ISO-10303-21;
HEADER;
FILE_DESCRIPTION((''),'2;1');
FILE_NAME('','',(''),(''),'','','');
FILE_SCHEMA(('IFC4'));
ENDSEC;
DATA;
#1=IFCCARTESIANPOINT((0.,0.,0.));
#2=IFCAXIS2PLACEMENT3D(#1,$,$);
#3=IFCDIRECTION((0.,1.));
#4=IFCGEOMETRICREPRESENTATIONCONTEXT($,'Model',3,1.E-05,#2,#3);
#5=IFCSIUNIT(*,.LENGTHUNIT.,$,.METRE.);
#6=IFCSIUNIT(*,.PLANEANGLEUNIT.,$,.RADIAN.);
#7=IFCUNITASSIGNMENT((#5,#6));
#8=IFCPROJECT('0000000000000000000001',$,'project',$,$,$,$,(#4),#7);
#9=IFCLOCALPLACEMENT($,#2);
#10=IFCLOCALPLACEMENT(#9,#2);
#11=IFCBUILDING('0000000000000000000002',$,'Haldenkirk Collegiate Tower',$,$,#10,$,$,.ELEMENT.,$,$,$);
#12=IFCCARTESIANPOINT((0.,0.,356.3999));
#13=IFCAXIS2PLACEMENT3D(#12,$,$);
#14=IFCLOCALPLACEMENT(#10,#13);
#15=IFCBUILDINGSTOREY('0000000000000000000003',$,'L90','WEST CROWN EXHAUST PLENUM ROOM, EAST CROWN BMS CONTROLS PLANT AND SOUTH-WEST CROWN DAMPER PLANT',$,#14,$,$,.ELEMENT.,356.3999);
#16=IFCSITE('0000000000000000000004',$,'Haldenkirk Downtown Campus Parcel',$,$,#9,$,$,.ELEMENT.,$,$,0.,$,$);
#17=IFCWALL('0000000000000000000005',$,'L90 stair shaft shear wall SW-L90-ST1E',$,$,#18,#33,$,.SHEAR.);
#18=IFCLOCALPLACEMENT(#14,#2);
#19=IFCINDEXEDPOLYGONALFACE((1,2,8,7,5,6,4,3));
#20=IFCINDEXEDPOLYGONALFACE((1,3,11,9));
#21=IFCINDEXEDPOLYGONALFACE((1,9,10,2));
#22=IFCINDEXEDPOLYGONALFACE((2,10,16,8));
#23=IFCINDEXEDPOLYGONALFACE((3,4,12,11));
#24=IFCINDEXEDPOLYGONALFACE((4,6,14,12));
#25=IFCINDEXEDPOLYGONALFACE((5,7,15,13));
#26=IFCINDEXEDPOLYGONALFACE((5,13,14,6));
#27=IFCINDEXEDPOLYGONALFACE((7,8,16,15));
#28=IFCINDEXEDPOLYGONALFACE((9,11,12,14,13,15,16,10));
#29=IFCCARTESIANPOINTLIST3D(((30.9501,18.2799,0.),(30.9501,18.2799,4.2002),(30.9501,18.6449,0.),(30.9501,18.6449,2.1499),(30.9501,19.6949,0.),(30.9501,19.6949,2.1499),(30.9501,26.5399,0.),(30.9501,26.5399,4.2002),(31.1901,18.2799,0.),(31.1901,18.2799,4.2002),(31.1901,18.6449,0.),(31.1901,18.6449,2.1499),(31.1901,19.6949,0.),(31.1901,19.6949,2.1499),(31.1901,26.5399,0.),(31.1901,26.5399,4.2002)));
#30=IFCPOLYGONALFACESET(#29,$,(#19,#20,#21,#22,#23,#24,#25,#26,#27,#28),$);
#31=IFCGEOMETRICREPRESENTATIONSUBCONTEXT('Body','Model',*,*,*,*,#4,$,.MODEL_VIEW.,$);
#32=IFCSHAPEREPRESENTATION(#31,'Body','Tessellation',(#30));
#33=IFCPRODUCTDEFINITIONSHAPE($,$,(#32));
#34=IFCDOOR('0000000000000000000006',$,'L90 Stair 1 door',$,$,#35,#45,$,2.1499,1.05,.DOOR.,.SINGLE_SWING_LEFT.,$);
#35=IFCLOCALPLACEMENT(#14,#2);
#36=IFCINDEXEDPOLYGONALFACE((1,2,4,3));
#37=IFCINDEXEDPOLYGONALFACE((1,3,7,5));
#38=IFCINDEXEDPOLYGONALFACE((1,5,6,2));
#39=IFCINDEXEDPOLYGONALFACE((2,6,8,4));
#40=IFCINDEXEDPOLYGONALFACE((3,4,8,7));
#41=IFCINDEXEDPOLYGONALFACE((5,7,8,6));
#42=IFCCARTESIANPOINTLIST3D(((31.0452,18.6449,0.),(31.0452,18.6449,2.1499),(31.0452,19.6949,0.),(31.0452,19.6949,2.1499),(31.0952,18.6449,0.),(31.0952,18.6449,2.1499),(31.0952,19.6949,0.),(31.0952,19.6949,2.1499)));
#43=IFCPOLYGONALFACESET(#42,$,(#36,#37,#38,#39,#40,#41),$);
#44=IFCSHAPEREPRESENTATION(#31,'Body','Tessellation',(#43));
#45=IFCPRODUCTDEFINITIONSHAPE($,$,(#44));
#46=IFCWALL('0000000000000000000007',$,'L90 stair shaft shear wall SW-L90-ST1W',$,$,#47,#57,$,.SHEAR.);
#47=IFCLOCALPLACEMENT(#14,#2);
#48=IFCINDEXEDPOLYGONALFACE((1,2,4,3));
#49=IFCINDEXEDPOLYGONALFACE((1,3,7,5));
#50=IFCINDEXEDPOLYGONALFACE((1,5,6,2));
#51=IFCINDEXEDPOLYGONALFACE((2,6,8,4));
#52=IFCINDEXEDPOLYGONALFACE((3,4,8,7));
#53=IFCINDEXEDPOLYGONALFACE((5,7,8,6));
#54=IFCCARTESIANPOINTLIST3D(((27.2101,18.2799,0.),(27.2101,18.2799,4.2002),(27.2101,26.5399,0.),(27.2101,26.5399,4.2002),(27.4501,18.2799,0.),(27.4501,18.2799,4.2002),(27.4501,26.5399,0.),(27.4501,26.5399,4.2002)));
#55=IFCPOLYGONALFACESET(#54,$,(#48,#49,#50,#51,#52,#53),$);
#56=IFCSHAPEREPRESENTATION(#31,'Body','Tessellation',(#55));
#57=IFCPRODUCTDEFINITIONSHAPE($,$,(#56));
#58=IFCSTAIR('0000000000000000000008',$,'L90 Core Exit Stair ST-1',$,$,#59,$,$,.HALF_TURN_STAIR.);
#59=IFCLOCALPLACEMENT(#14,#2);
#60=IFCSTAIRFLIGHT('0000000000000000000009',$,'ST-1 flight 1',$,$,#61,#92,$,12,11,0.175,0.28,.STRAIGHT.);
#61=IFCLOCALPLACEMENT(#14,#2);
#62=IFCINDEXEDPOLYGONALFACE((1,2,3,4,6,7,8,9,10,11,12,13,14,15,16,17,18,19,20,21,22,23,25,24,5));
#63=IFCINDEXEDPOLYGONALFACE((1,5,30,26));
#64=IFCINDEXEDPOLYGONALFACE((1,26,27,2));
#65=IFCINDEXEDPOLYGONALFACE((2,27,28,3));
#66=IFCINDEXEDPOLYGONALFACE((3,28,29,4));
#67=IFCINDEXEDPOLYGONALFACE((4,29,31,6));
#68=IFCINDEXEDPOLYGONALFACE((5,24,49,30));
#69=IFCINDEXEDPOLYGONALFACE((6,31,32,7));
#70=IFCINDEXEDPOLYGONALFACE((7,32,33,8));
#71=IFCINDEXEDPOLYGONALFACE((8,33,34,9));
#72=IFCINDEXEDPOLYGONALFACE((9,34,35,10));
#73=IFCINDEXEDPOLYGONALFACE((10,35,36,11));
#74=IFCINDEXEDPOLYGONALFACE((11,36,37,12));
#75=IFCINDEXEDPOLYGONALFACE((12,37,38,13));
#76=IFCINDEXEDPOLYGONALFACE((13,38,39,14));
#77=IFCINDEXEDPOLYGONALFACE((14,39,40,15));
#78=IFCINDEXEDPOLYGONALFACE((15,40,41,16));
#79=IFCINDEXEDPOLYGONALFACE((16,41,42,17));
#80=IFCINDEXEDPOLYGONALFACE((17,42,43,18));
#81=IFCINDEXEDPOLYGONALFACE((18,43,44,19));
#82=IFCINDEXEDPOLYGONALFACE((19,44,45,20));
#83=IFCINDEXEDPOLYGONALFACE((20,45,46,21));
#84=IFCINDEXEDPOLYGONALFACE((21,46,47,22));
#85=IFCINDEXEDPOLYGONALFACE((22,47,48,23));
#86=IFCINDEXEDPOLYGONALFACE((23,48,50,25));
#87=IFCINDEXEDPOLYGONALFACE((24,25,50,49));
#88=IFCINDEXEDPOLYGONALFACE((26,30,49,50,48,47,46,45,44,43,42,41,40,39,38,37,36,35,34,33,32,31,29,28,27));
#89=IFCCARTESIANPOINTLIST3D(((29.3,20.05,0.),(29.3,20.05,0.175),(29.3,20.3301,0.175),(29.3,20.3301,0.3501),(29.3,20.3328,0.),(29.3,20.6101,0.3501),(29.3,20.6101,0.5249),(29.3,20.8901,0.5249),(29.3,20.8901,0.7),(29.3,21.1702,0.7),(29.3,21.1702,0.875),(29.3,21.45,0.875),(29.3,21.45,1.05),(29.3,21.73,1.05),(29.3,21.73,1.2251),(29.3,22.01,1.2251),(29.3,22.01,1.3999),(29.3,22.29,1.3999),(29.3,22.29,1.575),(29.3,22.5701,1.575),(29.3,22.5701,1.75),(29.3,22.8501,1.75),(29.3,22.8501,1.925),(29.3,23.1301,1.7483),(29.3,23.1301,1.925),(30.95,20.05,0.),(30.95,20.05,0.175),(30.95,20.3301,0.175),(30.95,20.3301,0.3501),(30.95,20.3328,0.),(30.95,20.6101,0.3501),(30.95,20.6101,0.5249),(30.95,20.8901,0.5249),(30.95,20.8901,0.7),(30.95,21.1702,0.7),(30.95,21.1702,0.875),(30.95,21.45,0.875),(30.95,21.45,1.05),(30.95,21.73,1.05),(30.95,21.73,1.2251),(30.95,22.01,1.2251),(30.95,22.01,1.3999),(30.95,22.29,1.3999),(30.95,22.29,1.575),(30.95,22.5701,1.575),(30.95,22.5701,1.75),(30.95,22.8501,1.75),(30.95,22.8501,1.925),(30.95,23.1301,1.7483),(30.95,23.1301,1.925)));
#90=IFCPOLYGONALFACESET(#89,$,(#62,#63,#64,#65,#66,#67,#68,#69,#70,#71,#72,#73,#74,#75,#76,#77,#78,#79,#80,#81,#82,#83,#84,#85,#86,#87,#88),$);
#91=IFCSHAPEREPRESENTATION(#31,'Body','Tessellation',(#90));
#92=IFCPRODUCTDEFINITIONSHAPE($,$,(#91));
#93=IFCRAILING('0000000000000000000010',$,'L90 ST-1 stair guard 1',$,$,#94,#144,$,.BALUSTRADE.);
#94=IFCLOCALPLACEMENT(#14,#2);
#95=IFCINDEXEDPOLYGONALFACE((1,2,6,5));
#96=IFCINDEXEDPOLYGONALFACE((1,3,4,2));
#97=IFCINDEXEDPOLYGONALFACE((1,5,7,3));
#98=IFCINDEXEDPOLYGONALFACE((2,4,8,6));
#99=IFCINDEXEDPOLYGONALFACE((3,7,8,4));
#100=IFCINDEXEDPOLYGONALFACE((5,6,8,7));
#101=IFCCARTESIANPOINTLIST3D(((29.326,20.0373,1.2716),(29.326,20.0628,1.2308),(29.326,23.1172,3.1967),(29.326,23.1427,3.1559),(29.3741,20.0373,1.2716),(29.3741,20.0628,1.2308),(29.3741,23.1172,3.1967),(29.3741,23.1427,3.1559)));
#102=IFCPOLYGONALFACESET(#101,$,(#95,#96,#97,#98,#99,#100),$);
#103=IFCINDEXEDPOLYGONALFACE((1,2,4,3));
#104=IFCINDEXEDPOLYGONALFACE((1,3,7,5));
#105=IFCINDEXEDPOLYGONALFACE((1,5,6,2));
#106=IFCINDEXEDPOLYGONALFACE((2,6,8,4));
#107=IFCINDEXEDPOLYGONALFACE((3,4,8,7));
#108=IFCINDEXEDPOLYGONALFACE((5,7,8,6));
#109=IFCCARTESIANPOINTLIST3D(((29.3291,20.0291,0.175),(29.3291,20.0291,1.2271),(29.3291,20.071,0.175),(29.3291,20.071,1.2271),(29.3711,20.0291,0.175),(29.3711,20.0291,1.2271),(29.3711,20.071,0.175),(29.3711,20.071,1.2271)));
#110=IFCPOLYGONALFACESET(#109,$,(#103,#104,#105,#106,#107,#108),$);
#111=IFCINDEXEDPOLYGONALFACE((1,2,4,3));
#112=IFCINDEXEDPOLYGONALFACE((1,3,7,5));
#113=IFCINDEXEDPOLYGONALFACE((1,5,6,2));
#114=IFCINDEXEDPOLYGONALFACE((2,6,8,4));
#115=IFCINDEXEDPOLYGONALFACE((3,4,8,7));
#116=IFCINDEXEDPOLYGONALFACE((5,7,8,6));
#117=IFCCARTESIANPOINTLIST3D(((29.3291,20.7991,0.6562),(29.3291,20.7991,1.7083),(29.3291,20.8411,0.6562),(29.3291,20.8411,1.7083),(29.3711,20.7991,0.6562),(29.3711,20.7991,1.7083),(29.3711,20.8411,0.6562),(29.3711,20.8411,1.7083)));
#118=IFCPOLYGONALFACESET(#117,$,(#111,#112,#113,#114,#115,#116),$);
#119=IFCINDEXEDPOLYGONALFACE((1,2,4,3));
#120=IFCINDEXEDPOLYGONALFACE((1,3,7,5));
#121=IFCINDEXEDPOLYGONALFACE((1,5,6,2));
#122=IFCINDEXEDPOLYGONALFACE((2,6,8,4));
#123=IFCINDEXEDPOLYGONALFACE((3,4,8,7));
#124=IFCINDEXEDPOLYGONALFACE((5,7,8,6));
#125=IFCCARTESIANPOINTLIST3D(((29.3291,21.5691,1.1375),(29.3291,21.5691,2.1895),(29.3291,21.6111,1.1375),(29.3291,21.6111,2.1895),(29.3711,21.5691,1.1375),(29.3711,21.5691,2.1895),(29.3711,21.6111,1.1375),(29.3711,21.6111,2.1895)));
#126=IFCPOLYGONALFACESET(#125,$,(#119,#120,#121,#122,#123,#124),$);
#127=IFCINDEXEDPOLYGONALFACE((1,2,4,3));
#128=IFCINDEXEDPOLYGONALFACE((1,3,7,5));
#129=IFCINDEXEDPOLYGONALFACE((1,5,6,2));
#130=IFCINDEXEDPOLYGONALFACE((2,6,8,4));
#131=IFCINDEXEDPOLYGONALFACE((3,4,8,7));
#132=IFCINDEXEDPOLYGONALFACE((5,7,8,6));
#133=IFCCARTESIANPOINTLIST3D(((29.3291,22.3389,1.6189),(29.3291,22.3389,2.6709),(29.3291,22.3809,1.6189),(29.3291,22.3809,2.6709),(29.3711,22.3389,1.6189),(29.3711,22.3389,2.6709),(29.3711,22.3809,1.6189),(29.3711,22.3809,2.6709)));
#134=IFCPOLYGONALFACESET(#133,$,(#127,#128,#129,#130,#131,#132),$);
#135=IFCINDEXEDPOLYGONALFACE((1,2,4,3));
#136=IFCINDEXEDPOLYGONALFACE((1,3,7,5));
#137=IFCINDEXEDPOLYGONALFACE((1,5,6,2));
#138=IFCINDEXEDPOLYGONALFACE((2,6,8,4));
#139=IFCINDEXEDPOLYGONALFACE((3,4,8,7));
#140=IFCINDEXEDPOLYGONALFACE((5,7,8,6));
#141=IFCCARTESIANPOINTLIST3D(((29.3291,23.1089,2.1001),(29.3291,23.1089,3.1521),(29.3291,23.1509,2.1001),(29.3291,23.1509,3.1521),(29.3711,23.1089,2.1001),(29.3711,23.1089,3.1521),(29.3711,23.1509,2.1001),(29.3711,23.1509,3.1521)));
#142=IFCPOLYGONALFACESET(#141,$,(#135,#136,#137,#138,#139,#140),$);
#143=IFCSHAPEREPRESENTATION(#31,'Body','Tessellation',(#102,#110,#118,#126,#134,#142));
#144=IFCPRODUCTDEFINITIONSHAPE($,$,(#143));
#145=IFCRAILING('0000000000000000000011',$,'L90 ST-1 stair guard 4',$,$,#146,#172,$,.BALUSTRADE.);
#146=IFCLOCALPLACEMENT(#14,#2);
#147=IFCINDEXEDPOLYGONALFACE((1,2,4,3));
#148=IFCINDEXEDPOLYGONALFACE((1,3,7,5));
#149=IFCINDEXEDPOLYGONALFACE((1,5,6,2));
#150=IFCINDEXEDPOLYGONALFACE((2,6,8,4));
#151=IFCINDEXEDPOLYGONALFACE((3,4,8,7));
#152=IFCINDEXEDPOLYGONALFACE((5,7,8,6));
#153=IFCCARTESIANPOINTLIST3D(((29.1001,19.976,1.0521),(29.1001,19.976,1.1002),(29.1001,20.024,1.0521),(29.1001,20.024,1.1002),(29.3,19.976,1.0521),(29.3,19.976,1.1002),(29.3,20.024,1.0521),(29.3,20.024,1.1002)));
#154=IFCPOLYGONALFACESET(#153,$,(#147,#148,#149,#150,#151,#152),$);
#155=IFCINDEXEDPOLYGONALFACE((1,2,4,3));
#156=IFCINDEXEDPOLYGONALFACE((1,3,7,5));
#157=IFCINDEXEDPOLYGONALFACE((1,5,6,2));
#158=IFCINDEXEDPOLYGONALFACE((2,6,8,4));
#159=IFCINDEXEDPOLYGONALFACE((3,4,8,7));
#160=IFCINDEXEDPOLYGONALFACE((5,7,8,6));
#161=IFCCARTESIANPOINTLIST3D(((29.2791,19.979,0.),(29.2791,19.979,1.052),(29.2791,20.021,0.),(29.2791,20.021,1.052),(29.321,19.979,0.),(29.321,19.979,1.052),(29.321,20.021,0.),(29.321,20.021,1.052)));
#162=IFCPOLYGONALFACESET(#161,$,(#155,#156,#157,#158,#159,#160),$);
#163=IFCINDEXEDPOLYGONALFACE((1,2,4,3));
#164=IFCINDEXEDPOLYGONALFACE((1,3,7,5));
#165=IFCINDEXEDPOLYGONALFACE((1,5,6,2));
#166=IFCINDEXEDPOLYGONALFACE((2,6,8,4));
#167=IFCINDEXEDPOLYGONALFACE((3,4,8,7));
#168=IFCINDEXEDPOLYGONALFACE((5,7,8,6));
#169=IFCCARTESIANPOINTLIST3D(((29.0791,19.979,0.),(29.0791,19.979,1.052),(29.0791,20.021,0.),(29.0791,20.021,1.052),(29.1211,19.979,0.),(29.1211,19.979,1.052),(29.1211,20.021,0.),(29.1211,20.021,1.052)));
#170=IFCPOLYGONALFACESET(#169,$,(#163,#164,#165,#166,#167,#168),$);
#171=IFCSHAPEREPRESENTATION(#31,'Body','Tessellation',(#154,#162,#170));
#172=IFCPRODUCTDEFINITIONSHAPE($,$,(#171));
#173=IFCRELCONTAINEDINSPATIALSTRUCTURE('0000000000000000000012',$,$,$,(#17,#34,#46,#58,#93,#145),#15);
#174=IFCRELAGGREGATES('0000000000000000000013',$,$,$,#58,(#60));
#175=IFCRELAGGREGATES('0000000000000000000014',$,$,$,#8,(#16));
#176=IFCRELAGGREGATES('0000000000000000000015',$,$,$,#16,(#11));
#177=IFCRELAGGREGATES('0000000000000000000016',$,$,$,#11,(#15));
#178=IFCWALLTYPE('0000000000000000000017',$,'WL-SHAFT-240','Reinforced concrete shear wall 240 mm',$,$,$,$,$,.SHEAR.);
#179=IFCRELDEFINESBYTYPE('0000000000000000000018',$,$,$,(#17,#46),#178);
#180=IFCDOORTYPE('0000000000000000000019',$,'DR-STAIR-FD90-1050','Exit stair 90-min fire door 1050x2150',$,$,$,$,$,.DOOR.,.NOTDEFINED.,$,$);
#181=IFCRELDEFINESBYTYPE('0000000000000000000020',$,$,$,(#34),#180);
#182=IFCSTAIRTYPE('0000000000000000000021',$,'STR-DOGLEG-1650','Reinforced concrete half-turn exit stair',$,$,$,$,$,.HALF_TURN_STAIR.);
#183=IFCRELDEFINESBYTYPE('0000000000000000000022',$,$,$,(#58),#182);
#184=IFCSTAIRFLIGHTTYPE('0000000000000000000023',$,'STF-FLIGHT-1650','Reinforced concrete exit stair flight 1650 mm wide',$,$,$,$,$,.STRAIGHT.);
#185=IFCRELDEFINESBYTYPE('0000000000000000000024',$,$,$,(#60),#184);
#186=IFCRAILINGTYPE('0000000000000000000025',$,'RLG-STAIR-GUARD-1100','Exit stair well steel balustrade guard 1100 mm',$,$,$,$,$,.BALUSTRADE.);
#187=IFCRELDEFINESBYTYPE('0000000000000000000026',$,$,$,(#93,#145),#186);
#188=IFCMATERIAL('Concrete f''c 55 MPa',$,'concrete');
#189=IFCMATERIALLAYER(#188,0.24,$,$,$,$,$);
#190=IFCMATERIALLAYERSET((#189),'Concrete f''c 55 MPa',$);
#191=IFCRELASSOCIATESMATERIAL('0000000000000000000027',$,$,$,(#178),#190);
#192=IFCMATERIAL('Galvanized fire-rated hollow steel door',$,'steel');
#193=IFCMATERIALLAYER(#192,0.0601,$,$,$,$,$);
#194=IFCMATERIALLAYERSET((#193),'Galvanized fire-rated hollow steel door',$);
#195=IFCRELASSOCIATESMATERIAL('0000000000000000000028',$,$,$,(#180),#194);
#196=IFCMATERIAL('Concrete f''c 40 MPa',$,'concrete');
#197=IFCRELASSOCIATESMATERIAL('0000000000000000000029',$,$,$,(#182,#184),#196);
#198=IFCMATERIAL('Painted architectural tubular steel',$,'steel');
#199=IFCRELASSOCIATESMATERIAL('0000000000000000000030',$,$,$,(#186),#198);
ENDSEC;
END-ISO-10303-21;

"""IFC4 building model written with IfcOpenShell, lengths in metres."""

from ifc_helpers import new_model, si_unit, direction, frame, frame_2d, origin, origin_2d, place, context, subcontext, project, spatial, polyline, rectangle, outline, extrude, material, layer, layer_set, type_object, element, fill, aggregate, save


model = new_model("IFC4")

# Units and contexts
model_context = context("Model", 3, precision=1e-05, world=origin(), true_north=direction((0.0, 1.0)))
body_context = subcontext(model_context, "Body", "Model", "MODEL_VIEW")
ifc_project = project(units=[si_unit("LENGTHUNIT", "METRE"), si_unit("PLANEANGLEUNIT", "RADIAN")], contexts=[model_context])

# Site, building, storey
site_placement = place(None, origin())
site = spatial("IfcSite", under=ifc_project, at=site_placement, Name="Haldenkirk Downtown Campus Parcel", CompositionType="ELEMENT", RefElevation=0.0)
building_placement = place(site_placement, origin())
building = spatial("IfcBuilding", under=site, at=building_placement, Name="Haldenkirk Collegiate Tower", CompositionType="ELEMENT")
storey_placement = place(building_placement, frame((0.0, 0.0, 356.3999)))
storey = spatial("IfcBuildingStorey", under=building, at=storey_placement, Name="L90", Description="WEST CROWN EXHAUST PLENUM ROOM, EAST CROWN BMS CONTROLS PLANT AND SOUTH-WEST CROWN DAMPER PLANT", CompositionType="ELEMENT", Elevation=356.3999)

# Shared definitions
ifc_material_1 = material(Name="Concrete f'c 55 MPa", Category="concrete")
ifc_material_2 = material(Name="Galvanized fire-rated hollow steel door", Category="steel")

# Wall, opening, door
ifc_layer_1 = layer(ifc_material_1, 0.24)
ifc_layer_set_1 = layer_set([ifc_layer_1], Name="Concrete f'c 55 MPa")
wall_type_1 = type_object("IfcWallType", Name="WL-SHAFT-240", Description="Reinforced concrete shear wall 240 mm", PredefinedType="SHEAR", material=ifc_layer_set_1)
wall_1_placement = place(storey_placement, frame((31.0701, 18.28, 0.0), z_axis=(0.0, 0.0, 1.0), x_axis=(0.0, 1.0, 0.0)))
wall_1 = element("IfcWall", 1, at=wall_1_placement, inside=storey, type_object=wall_type_1, Name="L90 stair shaft shear wall SW-L90-ST1E", PredefinedType="SHEAR", context=body_context, shape_type="SweptSolid", body=[
    extrude(rectangle(XDim=8.26, YDim=0.24, at=frame_2d((4.1299, 0.0))), origin(), (0.0, 0.0, 1.0), 4.2002),
])
opening_1_placement = place(wall_1_placement, frame((0.365, 0.0, 0.0)))
opening_1 = element("IfcOpeningElement", 2, at=opening_1_placement, cuts=wall_1, PredefinedType="OPENING", context=body_context, shape_type="SweptSolid", body=[
    extrude(rectangle(XDim=1.05, YDim=2.1499, at=frame_2d((0.5249, 1.075))), frame((0.0, 0.1299, 0.0), z_axis=(0.0, -1.0, 0.0), x_axis=(1.0, 0.0, 0.0)), (0.0, 0.0, 1.0), 0.26),
])
ifc_layer_2 = layer(ifc_material_2, 0.0601)
ifc_layer_set_2 = layer_set([ifc_layer_2], Name="Galvanized fire-rated hollow steel door")
door_type_1 = type_object("IfcDoorType", Name="DR-STAIR-FD90-1050", Description="Exit stair 90-min fire door 1050x2150", OperationType="NOTDEFINED", PredefinedType="DOOR", material=ifc_layer_set_2)
door_1_placement = place(opening_1_placement, origin())
door_1 = element("IfcDoor", 3, at=door_1_placement, inside=storey, type_object=door_type_1, Name="L90 Stair 1 door", OperationType="SINGLE_SWING_LEFT", OverallHeight=2.1499, OverallWidth=1.05, PredefinedType="DOOR", context=body_context, shape_type="SweptSolid", body=[
    extrude(rectangle(XDim=1.05, YDim=2.1499, at=frame_2d((0.5249, 1.075))), frame((0.0, 0.0249, 0.0), z_axis=(0.0, -1.0, 0.0), x_axis=(1.0, 0.0, 0.0)), (0.0, 0.0, 1.0), 0.05),
])
fill(opening_1, door_1)

# Wall
wall_2_placement = place(storey_placement, frame((27.3301, 18.28, 0.0), z_axis=(0.0, 0.0, 1.0), x_axis=(0.0, 1.0, 0.0)))
element("IfcWall", 4, at=wall_2_placement, inside=storey, type_object=wall_type_1, Name="L90 stair shaft shear wall SW-L90-ST1W", PredefinedType="SHEAR", context=body_context, shape_type="SweptSolid", body=[
    extrude(rectangle(XDim=8.26, YDim=0.24, at=frame_2d((4.1299, 0.0))), origin(), (0.0, 0.0, 1.0), 4.2002),
])

# Stair, stair flight
ifc_material_3 = material(Name="Concrete f'c 40 MPa", Category="concrete")
stair_type = type_object("IfcStairType", Name="STR-DOGLEG-1650", Description="Reinforced concrete half-turn exit stair", PredefinedType="HALF_TURN_STAIR", material=ifc_material_3)
stair_placement = place(storey_placement, origin())
stair = element("IfcStair", 5, at=stair_placement, inside=storey, type_object=stair_type, Name="L90 Core Exit Stair ST-1", PredefinedType="HALF_TURN_STAIR")
stair_flight_type = type_object("IfcStairFlightType", Name="STF-FLIGHT-1650", Description="Reinforced concrete exit stair flight 1650 mm wide", PredefinedType="STRAIGHT", material=ifc_material_3)
stair_flight_placement = place(storey_placement, frame((30.125, 20.05, 0.0), z_axis=(0.0, 0.0, 1.0), x_axis=(0.0, 1.0, 0.0)))
stair_flight = element("IfcStairFlight", 6, at=stair_flight_placement, type_object=stair_flight_type, Name="ST-1 flight 1", NumberOfRisers=12, NumberOfTreads=11, PredefinedType="STRAIGHT", RiserHeight=0.175, TreadLength=0.28, context=body_context, shape_type="SweptSolid", body=[
    extrude(outline(polyline([(0.0, 0.0), (0.0, 0.175), (0.28, 0.175), (0.28, 0.3501), (0.5601, 0.3501), (0.5601, 0.5249), (0.8401, 0.5249), (0.8401, 0.7), (1.1201, 0.7), (1.1201, 0.875), (1.3999, 0.875), (1.3999, 1.05), (1.6799, 1.05), (1.6799, 1.2251), (1.96, 1.2251), (1.96, 1.3999), (2.24, 1.3999), (2.24, 1.575), (2.52, 1.575), (2.52, 1.75), (2.8, 1.75), (2.8, 1.925), (3.0801, 1.925), (3.0801, 2.1001), (3.0801, 1.7483), (0.2827, 0.0), (0.0, 0.0)])), frame((0.0, 0.825, 0.0), z_axis=(0.0, -1.0, 0.0), x_axis=(1.0, 0.0, 0.0)), (0.0, 0.0, 1.0), 1.6499),
])
aggregate(stair, [stair_flight])

# Railings
ifc_material_4 = material(Name="Painted architectural tubular steel", Category="steel")
railing_type_1 = type_object("IfcRailingType", Name="RLG-STAIR-GUARD-1100", Description="Exit stair well steel balustrade guard 1100 mm", PredefinedType="BALUSTRADE", material=ifc_material_4)
railing_1_placement = place(storey_placement, frame((29.3501, 20.05, 0.175)))
element("IfcRailing", 7, at=railing_1_placement, inside=storey, type_object=railing_type_1, Name="L90 ST-1 stair guard 1", PredefinedType="BALUSTRADE", context=body_context, shape_type="SweptSolid", body=[
    extrude(rectangle(XDim=0.0481, YDim=0.0481, at=origin_2d()), frame((0.0, 0.0, 1.0762), z_axis=(0.0, 0.847979, 0.530029), x_axis=(-1.0, 0.0, 0.0)), (0.0, 0.0, 1.0), 3.6321),
    extrude(rectangle(XDim=0.042, YDim=0.042, at=origin_2d()), origin(), (0.0, 0.0, 1.0), 1.052),
    extrude(rectangle(XDim=0.042, YDim=0.042, at=origin_2d()), frame((0.0, 0.77, 0.4812)), (0.0, 0.0, 1.0), 1.052),
    extrude(rectangle(XDim=0.042, YDim=0.042, at=origin_2d()), frame((0.0, 1.54, 0.9624)), (0.0, 0.0, 1.0), 1.052),
    extrude(rectangle(XDim=0.042, YDim=0.042, at=origin_2d()), frame((0.0, 2.3098, 1.4438)), (0.0, 0.0, 1.0), 1.052),
    extrude(rectangle(XDim=0.042, YDim=0.042, at=origin_2d()), frame((0.0, 3.0798, 1.925)), (0.0, 0.0, 1.0), 1.052),
])
railing_2_placement = place(storey_placement, frame((29.3, 20.0, 0.0)))
element("IfcRailing", 8, at=railing_2_placement, inside=storey, type_object=railing_type_1, Name="L90 ST-1 stair guard 4", PredefinedType="BALUSTRADE", context=body_context, shape_type="SweptSolid", body=[
    extrude(rectangle(XDim=0.0481, YDim=0.0481, at=origin_2d()), frame((0.0, 0.0, 1.0762), z_axis=(-1.0, 0.0, 0.0), x_axis=(0.0, -1.0, 0.0)), (0.0, 0.0, 1.0), 0.2),
    extrude(rectangle(XDim=0.042, YDim=0.042, at=origin_2d()), origin(), (0.0, 0.0, 1.0), 1.052),
    extrude(rectangle(XDim=0.042, YDim=0.042, at=origin_2d()), frame((-0.2, 0.0, 0.0)), (0.0, 0.0, 1.0), 1.052),
])

save(model, "model.ifc")
